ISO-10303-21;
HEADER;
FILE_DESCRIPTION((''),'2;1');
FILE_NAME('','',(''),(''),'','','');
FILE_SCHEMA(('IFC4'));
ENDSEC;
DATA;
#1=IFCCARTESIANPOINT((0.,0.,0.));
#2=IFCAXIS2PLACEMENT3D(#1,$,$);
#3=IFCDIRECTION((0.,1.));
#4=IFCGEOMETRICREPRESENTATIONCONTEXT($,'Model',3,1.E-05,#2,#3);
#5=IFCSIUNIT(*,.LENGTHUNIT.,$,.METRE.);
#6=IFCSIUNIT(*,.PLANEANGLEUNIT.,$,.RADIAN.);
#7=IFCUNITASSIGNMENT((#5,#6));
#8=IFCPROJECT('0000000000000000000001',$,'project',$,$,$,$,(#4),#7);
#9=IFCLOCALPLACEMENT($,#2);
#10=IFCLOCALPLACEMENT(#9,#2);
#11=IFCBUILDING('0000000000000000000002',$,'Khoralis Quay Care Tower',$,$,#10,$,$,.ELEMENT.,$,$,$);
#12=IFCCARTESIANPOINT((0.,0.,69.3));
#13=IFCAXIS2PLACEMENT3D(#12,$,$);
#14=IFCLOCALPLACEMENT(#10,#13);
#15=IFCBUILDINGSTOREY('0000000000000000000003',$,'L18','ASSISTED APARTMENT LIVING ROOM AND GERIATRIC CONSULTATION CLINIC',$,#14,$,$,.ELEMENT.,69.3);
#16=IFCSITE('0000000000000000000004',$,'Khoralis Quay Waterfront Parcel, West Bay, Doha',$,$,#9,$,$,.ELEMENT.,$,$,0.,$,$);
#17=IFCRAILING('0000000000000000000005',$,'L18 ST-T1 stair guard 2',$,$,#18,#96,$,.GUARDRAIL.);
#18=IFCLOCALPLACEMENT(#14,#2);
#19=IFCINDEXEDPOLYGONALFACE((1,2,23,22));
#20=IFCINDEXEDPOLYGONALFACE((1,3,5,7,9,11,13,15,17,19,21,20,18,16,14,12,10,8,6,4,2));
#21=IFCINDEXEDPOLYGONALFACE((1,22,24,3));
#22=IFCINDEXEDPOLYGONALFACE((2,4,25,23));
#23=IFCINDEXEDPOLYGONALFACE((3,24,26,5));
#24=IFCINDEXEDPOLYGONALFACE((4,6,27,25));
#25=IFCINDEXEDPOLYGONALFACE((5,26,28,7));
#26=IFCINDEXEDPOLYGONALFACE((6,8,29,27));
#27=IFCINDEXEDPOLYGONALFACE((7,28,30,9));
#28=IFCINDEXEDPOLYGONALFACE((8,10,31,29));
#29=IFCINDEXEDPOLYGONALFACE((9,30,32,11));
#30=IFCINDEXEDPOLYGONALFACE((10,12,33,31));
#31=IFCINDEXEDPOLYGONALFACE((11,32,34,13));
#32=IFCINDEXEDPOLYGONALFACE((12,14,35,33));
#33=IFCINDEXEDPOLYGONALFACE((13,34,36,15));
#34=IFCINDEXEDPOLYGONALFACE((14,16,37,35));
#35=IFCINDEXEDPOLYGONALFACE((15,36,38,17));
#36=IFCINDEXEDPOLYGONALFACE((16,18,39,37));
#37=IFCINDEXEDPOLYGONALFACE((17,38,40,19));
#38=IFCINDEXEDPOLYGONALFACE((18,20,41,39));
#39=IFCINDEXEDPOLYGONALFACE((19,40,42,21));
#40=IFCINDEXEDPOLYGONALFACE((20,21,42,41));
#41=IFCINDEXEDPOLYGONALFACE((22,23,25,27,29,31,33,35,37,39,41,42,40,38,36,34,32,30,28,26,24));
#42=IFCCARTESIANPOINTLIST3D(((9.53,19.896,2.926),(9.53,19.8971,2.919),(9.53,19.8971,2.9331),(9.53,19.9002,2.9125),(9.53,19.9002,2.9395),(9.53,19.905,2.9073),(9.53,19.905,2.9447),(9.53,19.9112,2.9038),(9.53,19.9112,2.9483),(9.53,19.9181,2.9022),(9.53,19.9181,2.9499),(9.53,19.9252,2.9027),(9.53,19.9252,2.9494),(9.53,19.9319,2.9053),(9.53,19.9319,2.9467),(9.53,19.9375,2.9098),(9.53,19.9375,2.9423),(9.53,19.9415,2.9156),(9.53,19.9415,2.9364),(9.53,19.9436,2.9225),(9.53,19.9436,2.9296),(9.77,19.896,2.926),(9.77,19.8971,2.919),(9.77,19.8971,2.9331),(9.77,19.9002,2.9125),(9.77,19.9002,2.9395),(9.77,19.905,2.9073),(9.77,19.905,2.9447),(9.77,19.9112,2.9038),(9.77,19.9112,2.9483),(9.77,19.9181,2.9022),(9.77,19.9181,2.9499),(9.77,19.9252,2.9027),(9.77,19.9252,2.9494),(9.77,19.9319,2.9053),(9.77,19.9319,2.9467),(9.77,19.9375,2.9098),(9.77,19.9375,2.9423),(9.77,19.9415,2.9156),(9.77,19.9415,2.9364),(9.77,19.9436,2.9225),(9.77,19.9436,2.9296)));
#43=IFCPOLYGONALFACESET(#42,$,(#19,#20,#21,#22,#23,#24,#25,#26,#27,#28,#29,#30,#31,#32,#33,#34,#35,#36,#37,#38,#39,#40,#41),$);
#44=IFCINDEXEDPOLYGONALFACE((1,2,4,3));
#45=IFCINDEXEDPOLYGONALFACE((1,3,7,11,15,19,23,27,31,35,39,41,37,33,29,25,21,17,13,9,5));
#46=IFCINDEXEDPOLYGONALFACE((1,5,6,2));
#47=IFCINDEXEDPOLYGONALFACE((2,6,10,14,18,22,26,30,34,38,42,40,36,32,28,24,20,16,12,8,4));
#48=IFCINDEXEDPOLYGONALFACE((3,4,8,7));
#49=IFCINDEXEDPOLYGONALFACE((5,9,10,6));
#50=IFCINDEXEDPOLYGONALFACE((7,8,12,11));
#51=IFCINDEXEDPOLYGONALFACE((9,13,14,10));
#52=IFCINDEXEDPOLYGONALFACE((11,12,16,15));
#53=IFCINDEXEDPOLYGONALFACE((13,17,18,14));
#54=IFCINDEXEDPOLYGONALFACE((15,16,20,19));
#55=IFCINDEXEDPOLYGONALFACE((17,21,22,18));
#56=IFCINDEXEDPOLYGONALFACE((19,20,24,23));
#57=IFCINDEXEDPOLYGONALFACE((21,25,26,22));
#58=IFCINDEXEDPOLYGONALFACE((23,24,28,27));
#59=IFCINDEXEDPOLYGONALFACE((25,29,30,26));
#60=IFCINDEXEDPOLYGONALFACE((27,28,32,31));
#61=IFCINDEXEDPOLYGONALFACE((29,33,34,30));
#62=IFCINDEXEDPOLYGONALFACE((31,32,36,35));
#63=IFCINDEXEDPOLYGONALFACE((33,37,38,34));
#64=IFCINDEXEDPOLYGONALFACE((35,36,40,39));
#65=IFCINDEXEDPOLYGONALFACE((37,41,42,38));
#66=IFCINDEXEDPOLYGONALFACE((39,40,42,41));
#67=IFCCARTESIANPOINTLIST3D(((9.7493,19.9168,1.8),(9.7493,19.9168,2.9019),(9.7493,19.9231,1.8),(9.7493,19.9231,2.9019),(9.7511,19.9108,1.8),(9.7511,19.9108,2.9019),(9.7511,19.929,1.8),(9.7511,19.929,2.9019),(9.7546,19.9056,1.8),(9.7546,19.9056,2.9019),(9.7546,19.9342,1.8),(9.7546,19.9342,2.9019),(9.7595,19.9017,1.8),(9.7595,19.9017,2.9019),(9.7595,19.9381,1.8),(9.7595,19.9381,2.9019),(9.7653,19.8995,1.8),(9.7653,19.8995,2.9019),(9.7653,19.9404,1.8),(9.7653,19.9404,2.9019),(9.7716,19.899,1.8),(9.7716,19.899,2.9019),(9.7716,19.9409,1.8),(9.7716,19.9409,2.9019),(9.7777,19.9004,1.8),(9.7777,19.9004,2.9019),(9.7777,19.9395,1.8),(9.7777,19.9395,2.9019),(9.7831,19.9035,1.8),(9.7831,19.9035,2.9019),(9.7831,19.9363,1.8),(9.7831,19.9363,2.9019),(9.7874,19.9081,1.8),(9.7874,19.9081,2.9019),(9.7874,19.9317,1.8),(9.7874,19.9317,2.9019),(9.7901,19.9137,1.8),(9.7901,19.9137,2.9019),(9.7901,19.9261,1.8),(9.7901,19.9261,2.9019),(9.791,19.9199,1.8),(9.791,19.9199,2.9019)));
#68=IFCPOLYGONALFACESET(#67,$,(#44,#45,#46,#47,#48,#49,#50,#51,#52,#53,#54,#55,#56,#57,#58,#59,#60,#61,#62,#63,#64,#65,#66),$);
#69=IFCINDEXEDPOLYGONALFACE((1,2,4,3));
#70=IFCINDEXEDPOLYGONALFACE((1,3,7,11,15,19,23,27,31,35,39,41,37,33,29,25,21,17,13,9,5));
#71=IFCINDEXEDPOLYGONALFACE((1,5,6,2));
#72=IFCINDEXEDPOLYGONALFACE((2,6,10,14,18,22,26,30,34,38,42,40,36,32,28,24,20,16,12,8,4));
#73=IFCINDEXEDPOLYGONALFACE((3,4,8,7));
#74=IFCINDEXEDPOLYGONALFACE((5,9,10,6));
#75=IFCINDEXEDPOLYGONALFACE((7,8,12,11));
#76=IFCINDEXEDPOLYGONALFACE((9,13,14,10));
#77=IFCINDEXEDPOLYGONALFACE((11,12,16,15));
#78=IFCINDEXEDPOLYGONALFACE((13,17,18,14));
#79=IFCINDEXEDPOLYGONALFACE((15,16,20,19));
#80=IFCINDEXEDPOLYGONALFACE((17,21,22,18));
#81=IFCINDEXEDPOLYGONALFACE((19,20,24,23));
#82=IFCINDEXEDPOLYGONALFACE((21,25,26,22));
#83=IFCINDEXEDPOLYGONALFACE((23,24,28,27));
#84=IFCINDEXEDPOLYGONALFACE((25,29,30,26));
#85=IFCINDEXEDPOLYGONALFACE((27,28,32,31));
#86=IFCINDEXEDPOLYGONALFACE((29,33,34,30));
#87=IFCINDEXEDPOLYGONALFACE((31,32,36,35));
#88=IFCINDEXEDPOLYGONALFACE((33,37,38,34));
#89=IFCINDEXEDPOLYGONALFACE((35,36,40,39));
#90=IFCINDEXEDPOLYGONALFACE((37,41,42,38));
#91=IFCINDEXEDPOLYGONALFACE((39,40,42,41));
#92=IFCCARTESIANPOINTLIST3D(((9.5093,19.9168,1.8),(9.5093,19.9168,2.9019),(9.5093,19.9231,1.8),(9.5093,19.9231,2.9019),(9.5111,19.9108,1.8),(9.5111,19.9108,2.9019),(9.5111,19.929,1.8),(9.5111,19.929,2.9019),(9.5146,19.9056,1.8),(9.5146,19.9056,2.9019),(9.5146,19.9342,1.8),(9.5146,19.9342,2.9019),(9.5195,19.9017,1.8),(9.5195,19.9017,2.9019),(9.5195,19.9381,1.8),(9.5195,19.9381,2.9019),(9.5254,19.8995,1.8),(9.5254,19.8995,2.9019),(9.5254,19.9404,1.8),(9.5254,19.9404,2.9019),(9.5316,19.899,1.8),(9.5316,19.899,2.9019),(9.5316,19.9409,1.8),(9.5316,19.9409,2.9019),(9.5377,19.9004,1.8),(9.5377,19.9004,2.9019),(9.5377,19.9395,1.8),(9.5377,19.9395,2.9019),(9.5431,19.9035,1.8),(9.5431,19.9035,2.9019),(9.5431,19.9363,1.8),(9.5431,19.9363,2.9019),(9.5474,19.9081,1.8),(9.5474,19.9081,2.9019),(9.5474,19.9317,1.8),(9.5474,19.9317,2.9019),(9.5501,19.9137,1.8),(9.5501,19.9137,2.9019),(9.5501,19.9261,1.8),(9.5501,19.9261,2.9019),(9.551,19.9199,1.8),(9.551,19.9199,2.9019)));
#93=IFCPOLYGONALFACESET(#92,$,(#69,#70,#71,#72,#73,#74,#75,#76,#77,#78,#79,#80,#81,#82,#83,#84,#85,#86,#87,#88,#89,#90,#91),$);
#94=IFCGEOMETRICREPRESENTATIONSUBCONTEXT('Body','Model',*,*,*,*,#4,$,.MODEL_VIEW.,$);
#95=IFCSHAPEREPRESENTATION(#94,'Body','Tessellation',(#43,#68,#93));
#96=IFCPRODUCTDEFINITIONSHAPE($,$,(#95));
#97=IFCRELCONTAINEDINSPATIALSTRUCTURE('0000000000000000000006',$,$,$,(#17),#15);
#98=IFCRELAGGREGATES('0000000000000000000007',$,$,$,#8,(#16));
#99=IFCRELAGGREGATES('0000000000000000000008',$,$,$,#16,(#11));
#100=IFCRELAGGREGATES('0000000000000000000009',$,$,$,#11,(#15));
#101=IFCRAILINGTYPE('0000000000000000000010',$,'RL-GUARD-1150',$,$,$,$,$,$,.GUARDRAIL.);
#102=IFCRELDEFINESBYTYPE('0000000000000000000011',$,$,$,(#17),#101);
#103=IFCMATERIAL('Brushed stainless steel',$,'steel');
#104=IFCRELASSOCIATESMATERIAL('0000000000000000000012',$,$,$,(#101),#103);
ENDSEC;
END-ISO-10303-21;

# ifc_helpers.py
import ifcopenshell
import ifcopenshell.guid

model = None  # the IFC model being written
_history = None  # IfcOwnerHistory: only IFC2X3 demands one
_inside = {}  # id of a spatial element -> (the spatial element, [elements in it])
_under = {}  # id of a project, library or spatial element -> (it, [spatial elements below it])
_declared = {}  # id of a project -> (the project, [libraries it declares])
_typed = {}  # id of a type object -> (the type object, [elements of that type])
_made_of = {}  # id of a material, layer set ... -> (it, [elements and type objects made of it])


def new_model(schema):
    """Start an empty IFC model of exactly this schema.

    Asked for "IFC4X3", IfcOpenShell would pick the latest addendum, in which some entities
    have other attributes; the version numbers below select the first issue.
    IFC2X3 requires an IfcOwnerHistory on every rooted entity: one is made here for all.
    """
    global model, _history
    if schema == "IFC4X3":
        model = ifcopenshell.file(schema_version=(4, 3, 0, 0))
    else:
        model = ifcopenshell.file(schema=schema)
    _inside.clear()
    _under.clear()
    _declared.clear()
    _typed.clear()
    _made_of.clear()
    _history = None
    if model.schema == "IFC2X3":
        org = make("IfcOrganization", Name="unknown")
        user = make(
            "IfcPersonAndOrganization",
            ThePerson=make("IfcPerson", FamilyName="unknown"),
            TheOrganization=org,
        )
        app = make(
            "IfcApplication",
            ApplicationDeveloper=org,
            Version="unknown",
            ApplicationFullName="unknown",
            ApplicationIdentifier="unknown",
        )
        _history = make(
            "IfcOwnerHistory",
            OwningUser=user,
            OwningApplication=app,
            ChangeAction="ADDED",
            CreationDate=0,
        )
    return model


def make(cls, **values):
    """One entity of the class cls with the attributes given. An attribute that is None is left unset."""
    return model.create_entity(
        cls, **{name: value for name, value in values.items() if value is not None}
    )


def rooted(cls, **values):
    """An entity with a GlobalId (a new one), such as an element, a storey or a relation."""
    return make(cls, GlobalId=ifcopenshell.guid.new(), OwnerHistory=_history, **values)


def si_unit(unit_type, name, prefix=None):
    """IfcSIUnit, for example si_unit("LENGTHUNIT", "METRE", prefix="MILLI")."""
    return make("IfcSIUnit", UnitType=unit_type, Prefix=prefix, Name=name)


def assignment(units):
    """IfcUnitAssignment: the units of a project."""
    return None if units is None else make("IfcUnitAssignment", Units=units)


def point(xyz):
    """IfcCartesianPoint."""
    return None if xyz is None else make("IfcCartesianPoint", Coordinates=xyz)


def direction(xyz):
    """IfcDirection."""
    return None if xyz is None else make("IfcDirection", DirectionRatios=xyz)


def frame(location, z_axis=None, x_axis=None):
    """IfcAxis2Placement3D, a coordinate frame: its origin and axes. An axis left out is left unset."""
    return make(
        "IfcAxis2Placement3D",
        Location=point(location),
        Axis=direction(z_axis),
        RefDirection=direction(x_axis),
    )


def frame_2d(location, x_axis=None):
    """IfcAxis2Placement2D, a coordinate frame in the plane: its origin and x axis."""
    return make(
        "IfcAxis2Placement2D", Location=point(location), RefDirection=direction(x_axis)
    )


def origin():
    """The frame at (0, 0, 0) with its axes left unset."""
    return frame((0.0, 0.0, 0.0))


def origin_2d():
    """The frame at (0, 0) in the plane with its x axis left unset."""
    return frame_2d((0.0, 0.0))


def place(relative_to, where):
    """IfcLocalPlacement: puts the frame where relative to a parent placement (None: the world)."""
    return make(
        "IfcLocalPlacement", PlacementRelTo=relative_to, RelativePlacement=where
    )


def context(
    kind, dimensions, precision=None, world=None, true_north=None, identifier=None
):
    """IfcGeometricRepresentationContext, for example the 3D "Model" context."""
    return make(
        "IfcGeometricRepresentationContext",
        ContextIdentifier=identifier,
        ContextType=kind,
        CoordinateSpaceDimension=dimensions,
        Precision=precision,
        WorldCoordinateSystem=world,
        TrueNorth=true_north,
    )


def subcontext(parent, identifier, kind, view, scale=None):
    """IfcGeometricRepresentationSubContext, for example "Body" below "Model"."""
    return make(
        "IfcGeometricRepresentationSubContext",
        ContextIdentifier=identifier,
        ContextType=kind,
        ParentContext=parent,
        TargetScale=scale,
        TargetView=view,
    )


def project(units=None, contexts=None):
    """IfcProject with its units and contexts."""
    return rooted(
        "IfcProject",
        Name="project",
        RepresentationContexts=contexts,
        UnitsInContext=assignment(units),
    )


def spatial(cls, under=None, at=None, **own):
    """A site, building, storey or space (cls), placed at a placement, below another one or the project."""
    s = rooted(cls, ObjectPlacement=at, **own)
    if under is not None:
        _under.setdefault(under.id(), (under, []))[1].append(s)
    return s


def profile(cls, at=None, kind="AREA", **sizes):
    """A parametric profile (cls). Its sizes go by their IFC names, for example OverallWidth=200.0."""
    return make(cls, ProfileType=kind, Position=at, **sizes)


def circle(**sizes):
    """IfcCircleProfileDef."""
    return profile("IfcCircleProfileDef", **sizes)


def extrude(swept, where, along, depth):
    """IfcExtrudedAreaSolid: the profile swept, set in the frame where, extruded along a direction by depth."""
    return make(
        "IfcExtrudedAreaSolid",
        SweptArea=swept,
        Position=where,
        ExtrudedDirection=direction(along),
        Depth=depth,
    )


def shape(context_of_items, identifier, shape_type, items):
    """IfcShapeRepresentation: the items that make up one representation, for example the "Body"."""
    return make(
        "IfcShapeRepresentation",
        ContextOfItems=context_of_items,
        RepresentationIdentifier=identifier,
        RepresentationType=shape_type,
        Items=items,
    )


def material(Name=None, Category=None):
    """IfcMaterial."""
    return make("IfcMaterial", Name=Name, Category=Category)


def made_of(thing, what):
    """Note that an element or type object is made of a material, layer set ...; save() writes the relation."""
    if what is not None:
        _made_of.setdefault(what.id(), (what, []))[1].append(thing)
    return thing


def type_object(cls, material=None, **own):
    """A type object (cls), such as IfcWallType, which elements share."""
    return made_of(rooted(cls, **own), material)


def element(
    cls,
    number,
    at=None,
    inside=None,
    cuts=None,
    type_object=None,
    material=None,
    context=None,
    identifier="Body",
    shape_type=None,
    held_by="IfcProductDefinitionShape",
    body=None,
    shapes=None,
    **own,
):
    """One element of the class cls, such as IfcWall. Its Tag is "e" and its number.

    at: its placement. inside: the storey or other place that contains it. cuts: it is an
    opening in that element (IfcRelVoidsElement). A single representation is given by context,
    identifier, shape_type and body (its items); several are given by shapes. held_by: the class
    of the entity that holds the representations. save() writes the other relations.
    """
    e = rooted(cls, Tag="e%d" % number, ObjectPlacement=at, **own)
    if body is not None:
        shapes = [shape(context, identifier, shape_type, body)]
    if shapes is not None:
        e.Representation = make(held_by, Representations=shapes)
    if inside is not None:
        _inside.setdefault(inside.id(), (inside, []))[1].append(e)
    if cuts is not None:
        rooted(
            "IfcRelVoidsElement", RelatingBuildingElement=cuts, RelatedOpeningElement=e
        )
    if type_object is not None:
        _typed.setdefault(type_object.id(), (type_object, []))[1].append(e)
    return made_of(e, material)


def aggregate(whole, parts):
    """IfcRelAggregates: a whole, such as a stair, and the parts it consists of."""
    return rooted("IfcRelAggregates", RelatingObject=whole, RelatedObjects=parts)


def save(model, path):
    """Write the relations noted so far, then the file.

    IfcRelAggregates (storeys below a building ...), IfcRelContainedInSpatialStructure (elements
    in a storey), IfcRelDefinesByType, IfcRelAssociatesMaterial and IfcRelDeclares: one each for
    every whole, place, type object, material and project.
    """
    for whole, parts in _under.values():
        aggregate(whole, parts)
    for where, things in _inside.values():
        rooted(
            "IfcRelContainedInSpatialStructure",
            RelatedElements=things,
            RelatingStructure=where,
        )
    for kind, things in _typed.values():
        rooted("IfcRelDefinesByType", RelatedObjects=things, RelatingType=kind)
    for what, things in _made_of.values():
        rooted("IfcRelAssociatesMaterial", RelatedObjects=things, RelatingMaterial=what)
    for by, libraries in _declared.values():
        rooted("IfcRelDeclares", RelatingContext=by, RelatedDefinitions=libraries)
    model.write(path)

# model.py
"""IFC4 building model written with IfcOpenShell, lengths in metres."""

from ifc_helpers import new_model, si_unit, direction, frame, origin, origin_2d, place, context, subcontext, project, spatial, circle, extrude, material, type_object, element, save


model = new_model("IFC4")

# Units and contexts
model_context = context("Model", 3, precision=1e-05, world=origin(), true_north=direction((0.0, 1.0)))
body_context = subcontext(model_context, "Body", "Model", "MODEL_VIEW")
ifc_project = project(units=[si_unit("LENGTHUNIT", "METRE"), si_unit("PLANEANGLEUNIT", "RADIAN")], contexts=[model_context])

# Site, building, storey
site_placement = place(None, origin())
site = spatial("IfcSite", under=ifc_project, at=site_placement, Name="Khoralis Quay Waterfront Parcel, West Bay, Doha", CompositionType="ELEMENT", RefElevation=0.0)
building_placement = place(site_placement, origin())
building = spatial("IfcBuilding", under=site, at=building_placement, Name="Khoralis Quay Care Tower", CompositionType="ELEMENT")
storey_placement = place(building_placement, frame((0.0, 0.0, 69.3)))
storey = spatial("IfcBuildingStorey", under=building, at=storey_placement, Name="L18", Description="ASSISTED APARTMENT LIVING ROOM AND GERIATRIC CONSULTATION CLINIC", CompositionType="ELEMENT", Elevation=69.3)

# Shared definitions
ifc_material_1 = material(Name="Brushed stainless steel", Category="steel")

# Railing
railing_type = type_object("IfcRailingType", Name="RL-GUARD-1150", PredefinedType="GUARDRAIL", material=ifc_material_1)
railing_placement = place(storey_placement, frame((9.77, 19.9199, 1.8)))
element("IfcRailing", 1, at=railing_placement, inside=storey, type_object=railing_type, Name="L18 ST-T1 stair guard 2", PredefinedType="GUARDRAIL", context=body_context, shape_type="SweptSolid", body=[
    extrude(circle(Radius=0.0239, at=origin_2d()), frame((0.0, 0.0, 1.126), z_axis=(-1.0, 0.0, 0.0), x_axis=(0.0, -1.0, 0.0)), (0.0, 0.0, 1.0), 0.24),
    extrude(circle(Radius=0.021, at=origin_2d()), origin(), (0.0, 0.0, 1.0), 1.1018),
    extrude(circle(Radius=0.021, at=origin_2d()), frame((-0.24, 0.0, 0.0)), (0.0, 0.0, 1.0), 1.1018),
])

save(model, "model.ifc")
